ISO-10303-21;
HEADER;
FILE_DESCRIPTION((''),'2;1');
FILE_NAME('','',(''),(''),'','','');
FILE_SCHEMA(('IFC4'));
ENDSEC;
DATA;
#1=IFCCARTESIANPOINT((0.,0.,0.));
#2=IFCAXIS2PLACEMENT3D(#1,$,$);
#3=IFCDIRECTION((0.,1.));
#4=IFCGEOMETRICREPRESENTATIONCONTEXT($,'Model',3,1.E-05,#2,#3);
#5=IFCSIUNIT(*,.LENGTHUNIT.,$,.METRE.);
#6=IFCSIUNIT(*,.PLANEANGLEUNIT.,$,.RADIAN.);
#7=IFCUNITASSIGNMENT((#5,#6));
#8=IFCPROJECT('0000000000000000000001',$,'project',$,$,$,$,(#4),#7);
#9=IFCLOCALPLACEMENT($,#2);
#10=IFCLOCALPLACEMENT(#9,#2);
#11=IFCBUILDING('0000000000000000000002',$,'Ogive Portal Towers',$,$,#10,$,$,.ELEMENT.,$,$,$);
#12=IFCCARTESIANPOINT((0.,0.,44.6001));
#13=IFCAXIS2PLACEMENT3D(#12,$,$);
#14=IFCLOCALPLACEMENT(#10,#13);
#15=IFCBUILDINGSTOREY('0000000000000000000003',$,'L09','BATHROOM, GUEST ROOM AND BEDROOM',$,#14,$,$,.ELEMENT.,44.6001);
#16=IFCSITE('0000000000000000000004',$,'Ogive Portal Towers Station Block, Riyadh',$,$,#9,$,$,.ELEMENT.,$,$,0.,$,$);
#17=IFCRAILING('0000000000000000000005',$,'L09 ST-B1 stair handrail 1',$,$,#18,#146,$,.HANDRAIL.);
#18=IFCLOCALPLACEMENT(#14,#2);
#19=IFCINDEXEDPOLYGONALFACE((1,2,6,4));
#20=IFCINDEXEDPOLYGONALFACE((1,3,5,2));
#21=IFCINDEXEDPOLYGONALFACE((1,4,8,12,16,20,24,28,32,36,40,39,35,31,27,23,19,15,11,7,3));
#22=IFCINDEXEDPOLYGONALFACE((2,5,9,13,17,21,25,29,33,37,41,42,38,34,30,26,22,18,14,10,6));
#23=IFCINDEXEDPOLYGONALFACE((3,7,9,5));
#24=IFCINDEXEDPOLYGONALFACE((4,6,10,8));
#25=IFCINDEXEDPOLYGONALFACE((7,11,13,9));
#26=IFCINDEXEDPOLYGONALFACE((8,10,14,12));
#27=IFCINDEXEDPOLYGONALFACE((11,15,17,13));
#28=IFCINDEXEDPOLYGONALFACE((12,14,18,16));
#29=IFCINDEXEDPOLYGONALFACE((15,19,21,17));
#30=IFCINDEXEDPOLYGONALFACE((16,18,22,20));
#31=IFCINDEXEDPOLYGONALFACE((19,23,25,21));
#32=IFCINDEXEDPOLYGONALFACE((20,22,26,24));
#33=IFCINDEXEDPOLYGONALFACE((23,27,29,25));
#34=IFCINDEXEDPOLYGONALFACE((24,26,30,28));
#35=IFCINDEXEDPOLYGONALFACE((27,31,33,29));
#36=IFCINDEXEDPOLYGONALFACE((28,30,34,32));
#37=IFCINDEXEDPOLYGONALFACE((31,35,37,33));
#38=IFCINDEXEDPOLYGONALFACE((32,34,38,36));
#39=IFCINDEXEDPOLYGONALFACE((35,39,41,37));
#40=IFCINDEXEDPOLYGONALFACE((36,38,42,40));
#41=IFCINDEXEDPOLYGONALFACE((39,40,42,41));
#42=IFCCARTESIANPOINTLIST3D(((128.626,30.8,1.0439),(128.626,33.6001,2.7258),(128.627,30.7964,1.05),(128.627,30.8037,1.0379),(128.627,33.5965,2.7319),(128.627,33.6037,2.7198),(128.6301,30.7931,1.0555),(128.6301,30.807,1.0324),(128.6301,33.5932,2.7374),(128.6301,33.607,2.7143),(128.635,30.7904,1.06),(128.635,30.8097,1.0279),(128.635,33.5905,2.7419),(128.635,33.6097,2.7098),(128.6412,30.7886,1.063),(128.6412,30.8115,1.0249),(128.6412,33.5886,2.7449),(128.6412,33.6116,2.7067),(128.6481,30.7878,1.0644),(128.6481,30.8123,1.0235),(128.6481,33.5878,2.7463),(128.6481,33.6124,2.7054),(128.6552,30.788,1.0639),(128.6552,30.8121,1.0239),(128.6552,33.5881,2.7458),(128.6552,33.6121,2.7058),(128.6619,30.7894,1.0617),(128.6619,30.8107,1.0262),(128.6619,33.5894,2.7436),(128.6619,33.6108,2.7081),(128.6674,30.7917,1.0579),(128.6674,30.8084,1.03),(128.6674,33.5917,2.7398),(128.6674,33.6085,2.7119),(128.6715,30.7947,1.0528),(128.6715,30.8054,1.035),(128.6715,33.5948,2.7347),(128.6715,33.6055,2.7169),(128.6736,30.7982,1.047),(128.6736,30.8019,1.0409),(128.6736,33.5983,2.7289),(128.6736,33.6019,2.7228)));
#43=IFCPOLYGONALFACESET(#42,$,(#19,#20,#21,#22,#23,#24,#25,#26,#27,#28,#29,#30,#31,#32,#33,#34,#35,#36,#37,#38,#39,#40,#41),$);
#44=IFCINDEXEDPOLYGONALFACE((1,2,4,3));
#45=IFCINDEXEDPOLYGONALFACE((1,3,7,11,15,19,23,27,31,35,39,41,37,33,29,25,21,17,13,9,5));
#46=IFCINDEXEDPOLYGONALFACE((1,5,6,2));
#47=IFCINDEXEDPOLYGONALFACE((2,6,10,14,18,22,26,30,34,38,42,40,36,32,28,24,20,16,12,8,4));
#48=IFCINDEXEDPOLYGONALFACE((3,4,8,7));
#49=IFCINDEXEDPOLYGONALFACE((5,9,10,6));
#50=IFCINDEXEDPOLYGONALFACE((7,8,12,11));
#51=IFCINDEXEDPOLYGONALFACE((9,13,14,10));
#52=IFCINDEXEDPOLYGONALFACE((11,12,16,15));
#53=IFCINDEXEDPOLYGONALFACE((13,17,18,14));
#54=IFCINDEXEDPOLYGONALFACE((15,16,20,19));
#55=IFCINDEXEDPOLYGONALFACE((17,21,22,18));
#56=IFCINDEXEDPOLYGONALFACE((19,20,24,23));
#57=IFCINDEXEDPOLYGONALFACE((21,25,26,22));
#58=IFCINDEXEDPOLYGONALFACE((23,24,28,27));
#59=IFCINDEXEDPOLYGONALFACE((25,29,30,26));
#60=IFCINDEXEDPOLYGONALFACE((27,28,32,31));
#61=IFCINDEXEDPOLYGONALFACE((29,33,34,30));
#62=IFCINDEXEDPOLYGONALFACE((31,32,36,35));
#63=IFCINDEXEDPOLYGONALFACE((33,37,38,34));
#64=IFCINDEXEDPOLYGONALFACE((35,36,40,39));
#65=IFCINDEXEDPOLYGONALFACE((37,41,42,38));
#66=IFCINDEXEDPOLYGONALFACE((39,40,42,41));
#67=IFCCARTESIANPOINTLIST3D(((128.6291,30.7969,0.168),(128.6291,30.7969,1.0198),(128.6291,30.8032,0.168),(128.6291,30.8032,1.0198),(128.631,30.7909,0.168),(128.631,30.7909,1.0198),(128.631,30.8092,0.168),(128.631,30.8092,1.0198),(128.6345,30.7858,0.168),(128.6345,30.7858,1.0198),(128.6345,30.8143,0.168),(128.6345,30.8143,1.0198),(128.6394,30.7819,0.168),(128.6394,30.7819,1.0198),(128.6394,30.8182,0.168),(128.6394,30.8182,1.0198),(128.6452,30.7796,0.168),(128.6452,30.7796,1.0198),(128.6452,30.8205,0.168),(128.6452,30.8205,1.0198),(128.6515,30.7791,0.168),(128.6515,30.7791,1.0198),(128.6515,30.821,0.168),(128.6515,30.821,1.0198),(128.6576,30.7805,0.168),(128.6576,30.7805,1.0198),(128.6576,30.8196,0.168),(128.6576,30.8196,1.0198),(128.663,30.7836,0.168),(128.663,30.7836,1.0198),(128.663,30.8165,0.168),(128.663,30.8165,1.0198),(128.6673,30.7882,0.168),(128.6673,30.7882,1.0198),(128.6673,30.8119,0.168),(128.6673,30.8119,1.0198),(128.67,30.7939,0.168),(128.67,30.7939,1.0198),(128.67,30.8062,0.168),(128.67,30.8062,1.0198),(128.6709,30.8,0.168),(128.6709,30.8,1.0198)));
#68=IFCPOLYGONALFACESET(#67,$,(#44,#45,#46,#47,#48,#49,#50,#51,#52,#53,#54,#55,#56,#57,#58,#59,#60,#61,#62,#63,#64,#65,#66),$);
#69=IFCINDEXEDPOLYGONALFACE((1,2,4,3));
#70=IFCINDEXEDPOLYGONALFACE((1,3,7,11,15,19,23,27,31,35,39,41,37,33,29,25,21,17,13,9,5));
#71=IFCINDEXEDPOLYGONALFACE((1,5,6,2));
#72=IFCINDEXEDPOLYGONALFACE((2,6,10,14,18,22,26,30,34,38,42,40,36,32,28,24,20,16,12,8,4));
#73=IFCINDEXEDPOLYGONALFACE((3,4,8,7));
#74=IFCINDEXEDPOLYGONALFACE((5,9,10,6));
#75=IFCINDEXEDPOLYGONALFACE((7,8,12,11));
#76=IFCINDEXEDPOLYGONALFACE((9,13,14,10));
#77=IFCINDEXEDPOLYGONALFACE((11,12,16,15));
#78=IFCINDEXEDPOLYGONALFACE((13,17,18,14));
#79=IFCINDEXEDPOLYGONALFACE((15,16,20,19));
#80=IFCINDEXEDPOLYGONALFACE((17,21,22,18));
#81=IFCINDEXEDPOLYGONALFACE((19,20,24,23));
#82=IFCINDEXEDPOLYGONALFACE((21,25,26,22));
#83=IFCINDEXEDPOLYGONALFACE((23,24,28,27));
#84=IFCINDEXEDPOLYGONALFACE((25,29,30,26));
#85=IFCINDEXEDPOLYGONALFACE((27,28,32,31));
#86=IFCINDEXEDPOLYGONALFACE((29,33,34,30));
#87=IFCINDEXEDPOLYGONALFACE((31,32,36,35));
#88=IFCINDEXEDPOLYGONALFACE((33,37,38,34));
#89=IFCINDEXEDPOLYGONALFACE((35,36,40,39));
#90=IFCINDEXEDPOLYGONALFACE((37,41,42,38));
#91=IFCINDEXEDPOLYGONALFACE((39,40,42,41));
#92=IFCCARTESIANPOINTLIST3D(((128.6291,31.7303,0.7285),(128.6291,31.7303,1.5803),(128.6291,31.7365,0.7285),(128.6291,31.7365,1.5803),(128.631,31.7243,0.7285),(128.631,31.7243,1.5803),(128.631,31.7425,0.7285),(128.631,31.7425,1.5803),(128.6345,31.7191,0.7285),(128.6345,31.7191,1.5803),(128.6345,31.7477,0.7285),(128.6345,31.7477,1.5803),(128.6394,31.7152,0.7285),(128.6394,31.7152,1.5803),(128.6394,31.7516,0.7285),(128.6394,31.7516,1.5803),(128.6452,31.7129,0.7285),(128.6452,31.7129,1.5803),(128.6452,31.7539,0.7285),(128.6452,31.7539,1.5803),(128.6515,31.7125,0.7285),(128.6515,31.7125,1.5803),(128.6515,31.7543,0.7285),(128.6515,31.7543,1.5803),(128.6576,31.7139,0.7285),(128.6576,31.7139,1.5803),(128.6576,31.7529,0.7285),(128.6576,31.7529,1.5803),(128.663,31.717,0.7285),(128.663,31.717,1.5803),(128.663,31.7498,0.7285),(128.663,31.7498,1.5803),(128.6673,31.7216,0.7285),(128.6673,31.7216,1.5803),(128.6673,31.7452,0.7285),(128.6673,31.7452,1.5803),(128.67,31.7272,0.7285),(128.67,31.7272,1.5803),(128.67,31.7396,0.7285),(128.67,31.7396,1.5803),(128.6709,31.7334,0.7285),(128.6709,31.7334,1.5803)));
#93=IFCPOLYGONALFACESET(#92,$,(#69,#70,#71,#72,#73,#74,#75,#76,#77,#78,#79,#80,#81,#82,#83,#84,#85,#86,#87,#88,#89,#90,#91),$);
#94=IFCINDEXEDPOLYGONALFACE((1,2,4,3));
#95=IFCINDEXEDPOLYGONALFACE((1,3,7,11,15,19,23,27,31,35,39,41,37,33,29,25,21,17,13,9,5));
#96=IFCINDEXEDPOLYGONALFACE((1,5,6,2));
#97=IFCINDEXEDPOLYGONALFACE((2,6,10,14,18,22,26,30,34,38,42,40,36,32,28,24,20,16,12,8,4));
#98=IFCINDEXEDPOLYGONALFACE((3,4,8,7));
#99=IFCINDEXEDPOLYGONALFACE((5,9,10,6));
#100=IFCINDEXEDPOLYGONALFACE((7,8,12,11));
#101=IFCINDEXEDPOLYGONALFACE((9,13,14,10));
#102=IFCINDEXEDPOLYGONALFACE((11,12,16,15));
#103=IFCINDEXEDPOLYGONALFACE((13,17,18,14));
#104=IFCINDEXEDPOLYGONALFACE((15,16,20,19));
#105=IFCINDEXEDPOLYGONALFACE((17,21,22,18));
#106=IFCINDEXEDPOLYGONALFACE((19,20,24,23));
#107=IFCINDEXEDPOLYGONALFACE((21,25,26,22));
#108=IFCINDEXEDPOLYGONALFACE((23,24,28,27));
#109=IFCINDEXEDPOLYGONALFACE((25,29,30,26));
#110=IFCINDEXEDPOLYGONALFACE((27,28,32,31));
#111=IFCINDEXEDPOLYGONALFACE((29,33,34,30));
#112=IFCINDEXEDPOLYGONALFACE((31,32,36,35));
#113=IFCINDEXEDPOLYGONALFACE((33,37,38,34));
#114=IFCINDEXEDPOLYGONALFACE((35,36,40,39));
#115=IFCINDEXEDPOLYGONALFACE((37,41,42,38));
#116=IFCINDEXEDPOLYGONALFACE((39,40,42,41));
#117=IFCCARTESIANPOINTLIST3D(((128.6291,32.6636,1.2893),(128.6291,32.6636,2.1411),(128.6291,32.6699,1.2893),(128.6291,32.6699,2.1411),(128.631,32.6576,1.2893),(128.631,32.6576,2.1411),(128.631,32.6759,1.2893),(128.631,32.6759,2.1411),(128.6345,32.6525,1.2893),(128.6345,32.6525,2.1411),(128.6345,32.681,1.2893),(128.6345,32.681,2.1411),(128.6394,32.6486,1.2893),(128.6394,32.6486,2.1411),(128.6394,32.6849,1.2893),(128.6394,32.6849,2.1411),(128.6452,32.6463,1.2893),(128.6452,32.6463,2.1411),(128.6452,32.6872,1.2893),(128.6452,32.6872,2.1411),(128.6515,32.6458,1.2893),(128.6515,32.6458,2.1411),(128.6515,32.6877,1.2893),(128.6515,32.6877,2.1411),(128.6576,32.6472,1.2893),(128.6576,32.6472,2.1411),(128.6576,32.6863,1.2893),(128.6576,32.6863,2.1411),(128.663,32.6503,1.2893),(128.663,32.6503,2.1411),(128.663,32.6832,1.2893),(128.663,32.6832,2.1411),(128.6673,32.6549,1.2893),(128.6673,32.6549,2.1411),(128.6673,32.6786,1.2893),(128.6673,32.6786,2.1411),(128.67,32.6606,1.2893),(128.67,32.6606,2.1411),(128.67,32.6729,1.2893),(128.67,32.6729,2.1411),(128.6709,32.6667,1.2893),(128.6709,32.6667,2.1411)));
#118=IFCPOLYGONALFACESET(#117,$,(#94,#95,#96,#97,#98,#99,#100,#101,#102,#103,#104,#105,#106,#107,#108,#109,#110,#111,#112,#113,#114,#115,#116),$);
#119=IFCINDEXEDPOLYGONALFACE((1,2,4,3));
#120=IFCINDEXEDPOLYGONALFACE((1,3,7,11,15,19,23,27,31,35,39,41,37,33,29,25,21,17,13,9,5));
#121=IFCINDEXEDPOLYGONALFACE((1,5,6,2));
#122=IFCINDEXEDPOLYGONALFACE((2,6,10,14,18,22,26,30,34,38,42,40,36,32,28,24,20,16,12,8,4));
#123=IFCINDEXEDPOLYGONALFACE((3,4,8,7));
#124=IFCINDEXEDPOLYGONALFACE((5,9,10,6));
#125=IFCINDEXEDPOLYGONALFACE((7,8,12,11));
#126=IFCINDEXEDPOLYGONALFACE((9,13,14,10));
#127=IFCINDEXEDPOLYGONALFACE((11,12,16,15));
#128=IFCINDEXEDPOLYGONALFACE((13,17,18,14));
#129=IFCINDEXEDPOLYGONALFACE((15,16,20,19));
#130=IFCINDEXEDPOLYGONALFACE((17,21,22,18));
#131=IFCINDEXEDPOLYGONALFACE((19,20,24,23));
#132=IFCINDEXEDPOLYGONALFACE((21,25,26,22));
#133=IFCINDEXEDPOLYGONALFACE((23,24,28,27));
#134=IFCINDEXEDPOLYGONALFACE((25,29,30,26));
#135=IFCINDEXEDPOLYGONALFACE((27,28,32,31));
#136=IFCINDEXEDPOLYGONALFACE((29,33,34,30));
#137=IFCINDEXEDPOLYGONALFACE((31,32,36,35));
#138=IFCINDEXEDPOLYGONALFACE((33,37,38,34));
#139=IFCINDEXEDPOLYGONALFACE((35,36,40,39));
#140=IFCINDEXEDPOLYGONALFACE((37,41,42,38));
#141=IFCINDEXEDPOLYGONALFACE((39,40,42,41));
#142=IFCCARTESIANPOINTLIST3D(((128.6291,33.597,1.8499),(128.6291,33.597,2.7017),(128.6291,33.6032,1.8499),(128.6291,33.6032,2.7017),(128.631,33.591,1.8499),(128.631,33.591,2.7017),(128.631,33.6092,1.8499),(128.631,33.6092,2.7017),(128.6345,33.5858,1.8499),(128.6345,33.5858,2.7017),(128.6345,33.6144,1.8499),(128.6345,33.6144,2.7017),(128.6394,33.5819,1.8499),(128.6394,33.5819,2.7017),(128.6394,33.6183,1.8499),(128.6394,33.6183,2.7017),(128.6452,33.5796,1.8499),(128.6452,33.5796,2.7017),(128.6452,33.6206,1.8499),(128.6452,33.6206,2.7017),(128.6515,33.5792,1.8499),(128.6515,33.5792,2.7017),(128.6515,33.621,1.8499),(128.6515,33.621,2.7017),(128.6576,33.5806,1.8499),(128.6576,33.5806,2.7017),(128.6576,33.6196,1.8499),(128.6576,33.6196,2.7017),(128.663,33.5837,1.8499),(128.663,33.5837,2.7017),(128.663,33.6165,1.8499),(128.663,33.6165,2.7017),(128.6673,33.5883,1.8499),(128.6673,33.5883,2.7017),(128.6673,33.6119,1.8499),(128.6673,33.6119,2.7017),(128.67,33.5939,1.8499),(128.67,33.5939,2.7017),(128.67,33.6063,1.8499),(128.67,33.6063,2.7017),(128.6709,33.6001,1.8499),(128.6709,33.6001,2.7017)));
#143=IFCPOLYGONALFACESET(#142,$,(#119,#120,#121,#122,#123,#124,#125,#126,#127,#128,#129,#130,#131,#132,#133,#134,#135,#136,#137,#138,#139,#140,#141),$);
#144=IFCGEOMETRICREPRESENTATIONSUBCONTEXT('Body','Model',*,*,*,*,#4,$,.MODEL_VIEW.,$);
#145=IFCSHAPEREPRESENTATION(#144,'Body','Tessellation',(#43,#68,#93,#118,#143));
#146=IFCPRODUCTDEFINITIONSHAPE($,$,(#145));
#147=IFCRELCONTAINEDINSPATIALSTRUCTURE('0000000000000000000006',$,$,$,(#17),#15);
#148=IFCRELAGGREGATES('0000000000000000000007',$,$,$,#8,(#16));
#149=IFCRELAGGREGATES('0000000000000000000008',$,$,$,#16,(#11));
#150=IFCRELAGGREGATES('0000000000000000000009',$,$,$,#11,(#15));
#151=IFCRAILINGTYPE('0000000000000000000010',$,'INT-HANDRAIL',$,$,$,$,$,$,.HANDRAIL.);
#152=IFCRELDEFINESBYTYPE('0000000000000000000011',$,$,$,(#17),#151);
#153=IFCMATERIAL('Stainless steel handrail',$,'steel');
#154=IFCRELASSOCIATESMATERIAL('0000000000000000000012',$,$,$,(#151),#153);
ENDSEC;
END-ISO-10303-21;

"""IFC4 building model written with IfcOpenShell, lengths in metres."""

from ifc_helpers import new_model, si_unit, direction, frame, origin, origin_2d, place, context, subcontext, project, spatial, circle, extrude, material, type_object, element, save


model = new_model("IFC4")

# Units and contexts
model_context = context("Model", 3, precision=1e-05, world=origin(), true_north=direction((0.0, 1.0)))
body_context = subcontext(model_context, "Body", "Model", "MODEL_VIEW")
ifc_project = project(units=[si_unit("LENGTHUNIT", "METRE"), si_unit("PLANEANGLEUNIT", "RADIAN")], contexts=[model_context])

# Site, building, storey
site_placement = place(None, origin())
site = spatial("IfcSite", under=ifc_project, at=site_placement, Name="Ogive Portal Towers Station Block, Riyadh", CompositionType="ELEMENT", RefElevation=0.0)
building_placement = place(site_placement, origin())
building = spatial("IfcBuilding", under=site, at=building_placement, Name="Ogive Portal Towers", CompositionType="ELEMENT")
storey_placement = place(building_placement, frame((0.0, 0.0, 44.6001)))
storey = spatial("IfcBuildingStorey", under=building, at=storey_placement, Name="L09", Description="BATHROOM, GUEST ROOM AND BEDROOM", CompositionType="ELEMENT", Elevation=44.6001)

# Railing
ifc_material_1 = material(Name="Stainless steel handrail", Category="steel")
railing_type_1 = type_object("IfcRailingType", Name="INT-HANDRAIL", PredefinedType="HANDRAIL", material=ifc_material_1)
railing_1_placement = place(storey_placement, frame((128.6499, 30.8, 0.168)))
element("IfcRailing", 1, at=railing_1_placement, inside=storey, type_object=railing_type_1, Name="L09 ST-B1 stair handrail 1", PredefinedType="HANDRAIL", context=body_context, shape_type="SweptSolid", body=[
    extrude(circle(Radius=0.0239, at=origin_2d()), frame((0.0, 0.0, 0.876), z_axis=(0.0, 0.857242, 0.514913), x_axis=(-1.0, 0.0, 0.0)), (0.0, 0.0, 1.0), 3.2664),
    extrude(circle(Radius=0.021, at=origin_2d()), origin(), (0.0, 0.0, 1.0), 0.8518),
    extrude(circle(Radius=0.021, at=origin_2d()), frame((0.0, 0.9333, 0.5605)), (0.0, 0.0, 1.0), 0.8518),
    extrude(circle(Radius=0.021, at=origin_2d()), frame((0.0, 1.8667, 1.1213)), (0.0, 0.0, 1.0), 0.8518),
    extrude(circle(Radius=0.021, at=origin_2d()), frame((0.0, 2.8, 1.6819)), (0.0, 0.0, 1.0), 0.8518),
])

save(model, "model.ifc")
